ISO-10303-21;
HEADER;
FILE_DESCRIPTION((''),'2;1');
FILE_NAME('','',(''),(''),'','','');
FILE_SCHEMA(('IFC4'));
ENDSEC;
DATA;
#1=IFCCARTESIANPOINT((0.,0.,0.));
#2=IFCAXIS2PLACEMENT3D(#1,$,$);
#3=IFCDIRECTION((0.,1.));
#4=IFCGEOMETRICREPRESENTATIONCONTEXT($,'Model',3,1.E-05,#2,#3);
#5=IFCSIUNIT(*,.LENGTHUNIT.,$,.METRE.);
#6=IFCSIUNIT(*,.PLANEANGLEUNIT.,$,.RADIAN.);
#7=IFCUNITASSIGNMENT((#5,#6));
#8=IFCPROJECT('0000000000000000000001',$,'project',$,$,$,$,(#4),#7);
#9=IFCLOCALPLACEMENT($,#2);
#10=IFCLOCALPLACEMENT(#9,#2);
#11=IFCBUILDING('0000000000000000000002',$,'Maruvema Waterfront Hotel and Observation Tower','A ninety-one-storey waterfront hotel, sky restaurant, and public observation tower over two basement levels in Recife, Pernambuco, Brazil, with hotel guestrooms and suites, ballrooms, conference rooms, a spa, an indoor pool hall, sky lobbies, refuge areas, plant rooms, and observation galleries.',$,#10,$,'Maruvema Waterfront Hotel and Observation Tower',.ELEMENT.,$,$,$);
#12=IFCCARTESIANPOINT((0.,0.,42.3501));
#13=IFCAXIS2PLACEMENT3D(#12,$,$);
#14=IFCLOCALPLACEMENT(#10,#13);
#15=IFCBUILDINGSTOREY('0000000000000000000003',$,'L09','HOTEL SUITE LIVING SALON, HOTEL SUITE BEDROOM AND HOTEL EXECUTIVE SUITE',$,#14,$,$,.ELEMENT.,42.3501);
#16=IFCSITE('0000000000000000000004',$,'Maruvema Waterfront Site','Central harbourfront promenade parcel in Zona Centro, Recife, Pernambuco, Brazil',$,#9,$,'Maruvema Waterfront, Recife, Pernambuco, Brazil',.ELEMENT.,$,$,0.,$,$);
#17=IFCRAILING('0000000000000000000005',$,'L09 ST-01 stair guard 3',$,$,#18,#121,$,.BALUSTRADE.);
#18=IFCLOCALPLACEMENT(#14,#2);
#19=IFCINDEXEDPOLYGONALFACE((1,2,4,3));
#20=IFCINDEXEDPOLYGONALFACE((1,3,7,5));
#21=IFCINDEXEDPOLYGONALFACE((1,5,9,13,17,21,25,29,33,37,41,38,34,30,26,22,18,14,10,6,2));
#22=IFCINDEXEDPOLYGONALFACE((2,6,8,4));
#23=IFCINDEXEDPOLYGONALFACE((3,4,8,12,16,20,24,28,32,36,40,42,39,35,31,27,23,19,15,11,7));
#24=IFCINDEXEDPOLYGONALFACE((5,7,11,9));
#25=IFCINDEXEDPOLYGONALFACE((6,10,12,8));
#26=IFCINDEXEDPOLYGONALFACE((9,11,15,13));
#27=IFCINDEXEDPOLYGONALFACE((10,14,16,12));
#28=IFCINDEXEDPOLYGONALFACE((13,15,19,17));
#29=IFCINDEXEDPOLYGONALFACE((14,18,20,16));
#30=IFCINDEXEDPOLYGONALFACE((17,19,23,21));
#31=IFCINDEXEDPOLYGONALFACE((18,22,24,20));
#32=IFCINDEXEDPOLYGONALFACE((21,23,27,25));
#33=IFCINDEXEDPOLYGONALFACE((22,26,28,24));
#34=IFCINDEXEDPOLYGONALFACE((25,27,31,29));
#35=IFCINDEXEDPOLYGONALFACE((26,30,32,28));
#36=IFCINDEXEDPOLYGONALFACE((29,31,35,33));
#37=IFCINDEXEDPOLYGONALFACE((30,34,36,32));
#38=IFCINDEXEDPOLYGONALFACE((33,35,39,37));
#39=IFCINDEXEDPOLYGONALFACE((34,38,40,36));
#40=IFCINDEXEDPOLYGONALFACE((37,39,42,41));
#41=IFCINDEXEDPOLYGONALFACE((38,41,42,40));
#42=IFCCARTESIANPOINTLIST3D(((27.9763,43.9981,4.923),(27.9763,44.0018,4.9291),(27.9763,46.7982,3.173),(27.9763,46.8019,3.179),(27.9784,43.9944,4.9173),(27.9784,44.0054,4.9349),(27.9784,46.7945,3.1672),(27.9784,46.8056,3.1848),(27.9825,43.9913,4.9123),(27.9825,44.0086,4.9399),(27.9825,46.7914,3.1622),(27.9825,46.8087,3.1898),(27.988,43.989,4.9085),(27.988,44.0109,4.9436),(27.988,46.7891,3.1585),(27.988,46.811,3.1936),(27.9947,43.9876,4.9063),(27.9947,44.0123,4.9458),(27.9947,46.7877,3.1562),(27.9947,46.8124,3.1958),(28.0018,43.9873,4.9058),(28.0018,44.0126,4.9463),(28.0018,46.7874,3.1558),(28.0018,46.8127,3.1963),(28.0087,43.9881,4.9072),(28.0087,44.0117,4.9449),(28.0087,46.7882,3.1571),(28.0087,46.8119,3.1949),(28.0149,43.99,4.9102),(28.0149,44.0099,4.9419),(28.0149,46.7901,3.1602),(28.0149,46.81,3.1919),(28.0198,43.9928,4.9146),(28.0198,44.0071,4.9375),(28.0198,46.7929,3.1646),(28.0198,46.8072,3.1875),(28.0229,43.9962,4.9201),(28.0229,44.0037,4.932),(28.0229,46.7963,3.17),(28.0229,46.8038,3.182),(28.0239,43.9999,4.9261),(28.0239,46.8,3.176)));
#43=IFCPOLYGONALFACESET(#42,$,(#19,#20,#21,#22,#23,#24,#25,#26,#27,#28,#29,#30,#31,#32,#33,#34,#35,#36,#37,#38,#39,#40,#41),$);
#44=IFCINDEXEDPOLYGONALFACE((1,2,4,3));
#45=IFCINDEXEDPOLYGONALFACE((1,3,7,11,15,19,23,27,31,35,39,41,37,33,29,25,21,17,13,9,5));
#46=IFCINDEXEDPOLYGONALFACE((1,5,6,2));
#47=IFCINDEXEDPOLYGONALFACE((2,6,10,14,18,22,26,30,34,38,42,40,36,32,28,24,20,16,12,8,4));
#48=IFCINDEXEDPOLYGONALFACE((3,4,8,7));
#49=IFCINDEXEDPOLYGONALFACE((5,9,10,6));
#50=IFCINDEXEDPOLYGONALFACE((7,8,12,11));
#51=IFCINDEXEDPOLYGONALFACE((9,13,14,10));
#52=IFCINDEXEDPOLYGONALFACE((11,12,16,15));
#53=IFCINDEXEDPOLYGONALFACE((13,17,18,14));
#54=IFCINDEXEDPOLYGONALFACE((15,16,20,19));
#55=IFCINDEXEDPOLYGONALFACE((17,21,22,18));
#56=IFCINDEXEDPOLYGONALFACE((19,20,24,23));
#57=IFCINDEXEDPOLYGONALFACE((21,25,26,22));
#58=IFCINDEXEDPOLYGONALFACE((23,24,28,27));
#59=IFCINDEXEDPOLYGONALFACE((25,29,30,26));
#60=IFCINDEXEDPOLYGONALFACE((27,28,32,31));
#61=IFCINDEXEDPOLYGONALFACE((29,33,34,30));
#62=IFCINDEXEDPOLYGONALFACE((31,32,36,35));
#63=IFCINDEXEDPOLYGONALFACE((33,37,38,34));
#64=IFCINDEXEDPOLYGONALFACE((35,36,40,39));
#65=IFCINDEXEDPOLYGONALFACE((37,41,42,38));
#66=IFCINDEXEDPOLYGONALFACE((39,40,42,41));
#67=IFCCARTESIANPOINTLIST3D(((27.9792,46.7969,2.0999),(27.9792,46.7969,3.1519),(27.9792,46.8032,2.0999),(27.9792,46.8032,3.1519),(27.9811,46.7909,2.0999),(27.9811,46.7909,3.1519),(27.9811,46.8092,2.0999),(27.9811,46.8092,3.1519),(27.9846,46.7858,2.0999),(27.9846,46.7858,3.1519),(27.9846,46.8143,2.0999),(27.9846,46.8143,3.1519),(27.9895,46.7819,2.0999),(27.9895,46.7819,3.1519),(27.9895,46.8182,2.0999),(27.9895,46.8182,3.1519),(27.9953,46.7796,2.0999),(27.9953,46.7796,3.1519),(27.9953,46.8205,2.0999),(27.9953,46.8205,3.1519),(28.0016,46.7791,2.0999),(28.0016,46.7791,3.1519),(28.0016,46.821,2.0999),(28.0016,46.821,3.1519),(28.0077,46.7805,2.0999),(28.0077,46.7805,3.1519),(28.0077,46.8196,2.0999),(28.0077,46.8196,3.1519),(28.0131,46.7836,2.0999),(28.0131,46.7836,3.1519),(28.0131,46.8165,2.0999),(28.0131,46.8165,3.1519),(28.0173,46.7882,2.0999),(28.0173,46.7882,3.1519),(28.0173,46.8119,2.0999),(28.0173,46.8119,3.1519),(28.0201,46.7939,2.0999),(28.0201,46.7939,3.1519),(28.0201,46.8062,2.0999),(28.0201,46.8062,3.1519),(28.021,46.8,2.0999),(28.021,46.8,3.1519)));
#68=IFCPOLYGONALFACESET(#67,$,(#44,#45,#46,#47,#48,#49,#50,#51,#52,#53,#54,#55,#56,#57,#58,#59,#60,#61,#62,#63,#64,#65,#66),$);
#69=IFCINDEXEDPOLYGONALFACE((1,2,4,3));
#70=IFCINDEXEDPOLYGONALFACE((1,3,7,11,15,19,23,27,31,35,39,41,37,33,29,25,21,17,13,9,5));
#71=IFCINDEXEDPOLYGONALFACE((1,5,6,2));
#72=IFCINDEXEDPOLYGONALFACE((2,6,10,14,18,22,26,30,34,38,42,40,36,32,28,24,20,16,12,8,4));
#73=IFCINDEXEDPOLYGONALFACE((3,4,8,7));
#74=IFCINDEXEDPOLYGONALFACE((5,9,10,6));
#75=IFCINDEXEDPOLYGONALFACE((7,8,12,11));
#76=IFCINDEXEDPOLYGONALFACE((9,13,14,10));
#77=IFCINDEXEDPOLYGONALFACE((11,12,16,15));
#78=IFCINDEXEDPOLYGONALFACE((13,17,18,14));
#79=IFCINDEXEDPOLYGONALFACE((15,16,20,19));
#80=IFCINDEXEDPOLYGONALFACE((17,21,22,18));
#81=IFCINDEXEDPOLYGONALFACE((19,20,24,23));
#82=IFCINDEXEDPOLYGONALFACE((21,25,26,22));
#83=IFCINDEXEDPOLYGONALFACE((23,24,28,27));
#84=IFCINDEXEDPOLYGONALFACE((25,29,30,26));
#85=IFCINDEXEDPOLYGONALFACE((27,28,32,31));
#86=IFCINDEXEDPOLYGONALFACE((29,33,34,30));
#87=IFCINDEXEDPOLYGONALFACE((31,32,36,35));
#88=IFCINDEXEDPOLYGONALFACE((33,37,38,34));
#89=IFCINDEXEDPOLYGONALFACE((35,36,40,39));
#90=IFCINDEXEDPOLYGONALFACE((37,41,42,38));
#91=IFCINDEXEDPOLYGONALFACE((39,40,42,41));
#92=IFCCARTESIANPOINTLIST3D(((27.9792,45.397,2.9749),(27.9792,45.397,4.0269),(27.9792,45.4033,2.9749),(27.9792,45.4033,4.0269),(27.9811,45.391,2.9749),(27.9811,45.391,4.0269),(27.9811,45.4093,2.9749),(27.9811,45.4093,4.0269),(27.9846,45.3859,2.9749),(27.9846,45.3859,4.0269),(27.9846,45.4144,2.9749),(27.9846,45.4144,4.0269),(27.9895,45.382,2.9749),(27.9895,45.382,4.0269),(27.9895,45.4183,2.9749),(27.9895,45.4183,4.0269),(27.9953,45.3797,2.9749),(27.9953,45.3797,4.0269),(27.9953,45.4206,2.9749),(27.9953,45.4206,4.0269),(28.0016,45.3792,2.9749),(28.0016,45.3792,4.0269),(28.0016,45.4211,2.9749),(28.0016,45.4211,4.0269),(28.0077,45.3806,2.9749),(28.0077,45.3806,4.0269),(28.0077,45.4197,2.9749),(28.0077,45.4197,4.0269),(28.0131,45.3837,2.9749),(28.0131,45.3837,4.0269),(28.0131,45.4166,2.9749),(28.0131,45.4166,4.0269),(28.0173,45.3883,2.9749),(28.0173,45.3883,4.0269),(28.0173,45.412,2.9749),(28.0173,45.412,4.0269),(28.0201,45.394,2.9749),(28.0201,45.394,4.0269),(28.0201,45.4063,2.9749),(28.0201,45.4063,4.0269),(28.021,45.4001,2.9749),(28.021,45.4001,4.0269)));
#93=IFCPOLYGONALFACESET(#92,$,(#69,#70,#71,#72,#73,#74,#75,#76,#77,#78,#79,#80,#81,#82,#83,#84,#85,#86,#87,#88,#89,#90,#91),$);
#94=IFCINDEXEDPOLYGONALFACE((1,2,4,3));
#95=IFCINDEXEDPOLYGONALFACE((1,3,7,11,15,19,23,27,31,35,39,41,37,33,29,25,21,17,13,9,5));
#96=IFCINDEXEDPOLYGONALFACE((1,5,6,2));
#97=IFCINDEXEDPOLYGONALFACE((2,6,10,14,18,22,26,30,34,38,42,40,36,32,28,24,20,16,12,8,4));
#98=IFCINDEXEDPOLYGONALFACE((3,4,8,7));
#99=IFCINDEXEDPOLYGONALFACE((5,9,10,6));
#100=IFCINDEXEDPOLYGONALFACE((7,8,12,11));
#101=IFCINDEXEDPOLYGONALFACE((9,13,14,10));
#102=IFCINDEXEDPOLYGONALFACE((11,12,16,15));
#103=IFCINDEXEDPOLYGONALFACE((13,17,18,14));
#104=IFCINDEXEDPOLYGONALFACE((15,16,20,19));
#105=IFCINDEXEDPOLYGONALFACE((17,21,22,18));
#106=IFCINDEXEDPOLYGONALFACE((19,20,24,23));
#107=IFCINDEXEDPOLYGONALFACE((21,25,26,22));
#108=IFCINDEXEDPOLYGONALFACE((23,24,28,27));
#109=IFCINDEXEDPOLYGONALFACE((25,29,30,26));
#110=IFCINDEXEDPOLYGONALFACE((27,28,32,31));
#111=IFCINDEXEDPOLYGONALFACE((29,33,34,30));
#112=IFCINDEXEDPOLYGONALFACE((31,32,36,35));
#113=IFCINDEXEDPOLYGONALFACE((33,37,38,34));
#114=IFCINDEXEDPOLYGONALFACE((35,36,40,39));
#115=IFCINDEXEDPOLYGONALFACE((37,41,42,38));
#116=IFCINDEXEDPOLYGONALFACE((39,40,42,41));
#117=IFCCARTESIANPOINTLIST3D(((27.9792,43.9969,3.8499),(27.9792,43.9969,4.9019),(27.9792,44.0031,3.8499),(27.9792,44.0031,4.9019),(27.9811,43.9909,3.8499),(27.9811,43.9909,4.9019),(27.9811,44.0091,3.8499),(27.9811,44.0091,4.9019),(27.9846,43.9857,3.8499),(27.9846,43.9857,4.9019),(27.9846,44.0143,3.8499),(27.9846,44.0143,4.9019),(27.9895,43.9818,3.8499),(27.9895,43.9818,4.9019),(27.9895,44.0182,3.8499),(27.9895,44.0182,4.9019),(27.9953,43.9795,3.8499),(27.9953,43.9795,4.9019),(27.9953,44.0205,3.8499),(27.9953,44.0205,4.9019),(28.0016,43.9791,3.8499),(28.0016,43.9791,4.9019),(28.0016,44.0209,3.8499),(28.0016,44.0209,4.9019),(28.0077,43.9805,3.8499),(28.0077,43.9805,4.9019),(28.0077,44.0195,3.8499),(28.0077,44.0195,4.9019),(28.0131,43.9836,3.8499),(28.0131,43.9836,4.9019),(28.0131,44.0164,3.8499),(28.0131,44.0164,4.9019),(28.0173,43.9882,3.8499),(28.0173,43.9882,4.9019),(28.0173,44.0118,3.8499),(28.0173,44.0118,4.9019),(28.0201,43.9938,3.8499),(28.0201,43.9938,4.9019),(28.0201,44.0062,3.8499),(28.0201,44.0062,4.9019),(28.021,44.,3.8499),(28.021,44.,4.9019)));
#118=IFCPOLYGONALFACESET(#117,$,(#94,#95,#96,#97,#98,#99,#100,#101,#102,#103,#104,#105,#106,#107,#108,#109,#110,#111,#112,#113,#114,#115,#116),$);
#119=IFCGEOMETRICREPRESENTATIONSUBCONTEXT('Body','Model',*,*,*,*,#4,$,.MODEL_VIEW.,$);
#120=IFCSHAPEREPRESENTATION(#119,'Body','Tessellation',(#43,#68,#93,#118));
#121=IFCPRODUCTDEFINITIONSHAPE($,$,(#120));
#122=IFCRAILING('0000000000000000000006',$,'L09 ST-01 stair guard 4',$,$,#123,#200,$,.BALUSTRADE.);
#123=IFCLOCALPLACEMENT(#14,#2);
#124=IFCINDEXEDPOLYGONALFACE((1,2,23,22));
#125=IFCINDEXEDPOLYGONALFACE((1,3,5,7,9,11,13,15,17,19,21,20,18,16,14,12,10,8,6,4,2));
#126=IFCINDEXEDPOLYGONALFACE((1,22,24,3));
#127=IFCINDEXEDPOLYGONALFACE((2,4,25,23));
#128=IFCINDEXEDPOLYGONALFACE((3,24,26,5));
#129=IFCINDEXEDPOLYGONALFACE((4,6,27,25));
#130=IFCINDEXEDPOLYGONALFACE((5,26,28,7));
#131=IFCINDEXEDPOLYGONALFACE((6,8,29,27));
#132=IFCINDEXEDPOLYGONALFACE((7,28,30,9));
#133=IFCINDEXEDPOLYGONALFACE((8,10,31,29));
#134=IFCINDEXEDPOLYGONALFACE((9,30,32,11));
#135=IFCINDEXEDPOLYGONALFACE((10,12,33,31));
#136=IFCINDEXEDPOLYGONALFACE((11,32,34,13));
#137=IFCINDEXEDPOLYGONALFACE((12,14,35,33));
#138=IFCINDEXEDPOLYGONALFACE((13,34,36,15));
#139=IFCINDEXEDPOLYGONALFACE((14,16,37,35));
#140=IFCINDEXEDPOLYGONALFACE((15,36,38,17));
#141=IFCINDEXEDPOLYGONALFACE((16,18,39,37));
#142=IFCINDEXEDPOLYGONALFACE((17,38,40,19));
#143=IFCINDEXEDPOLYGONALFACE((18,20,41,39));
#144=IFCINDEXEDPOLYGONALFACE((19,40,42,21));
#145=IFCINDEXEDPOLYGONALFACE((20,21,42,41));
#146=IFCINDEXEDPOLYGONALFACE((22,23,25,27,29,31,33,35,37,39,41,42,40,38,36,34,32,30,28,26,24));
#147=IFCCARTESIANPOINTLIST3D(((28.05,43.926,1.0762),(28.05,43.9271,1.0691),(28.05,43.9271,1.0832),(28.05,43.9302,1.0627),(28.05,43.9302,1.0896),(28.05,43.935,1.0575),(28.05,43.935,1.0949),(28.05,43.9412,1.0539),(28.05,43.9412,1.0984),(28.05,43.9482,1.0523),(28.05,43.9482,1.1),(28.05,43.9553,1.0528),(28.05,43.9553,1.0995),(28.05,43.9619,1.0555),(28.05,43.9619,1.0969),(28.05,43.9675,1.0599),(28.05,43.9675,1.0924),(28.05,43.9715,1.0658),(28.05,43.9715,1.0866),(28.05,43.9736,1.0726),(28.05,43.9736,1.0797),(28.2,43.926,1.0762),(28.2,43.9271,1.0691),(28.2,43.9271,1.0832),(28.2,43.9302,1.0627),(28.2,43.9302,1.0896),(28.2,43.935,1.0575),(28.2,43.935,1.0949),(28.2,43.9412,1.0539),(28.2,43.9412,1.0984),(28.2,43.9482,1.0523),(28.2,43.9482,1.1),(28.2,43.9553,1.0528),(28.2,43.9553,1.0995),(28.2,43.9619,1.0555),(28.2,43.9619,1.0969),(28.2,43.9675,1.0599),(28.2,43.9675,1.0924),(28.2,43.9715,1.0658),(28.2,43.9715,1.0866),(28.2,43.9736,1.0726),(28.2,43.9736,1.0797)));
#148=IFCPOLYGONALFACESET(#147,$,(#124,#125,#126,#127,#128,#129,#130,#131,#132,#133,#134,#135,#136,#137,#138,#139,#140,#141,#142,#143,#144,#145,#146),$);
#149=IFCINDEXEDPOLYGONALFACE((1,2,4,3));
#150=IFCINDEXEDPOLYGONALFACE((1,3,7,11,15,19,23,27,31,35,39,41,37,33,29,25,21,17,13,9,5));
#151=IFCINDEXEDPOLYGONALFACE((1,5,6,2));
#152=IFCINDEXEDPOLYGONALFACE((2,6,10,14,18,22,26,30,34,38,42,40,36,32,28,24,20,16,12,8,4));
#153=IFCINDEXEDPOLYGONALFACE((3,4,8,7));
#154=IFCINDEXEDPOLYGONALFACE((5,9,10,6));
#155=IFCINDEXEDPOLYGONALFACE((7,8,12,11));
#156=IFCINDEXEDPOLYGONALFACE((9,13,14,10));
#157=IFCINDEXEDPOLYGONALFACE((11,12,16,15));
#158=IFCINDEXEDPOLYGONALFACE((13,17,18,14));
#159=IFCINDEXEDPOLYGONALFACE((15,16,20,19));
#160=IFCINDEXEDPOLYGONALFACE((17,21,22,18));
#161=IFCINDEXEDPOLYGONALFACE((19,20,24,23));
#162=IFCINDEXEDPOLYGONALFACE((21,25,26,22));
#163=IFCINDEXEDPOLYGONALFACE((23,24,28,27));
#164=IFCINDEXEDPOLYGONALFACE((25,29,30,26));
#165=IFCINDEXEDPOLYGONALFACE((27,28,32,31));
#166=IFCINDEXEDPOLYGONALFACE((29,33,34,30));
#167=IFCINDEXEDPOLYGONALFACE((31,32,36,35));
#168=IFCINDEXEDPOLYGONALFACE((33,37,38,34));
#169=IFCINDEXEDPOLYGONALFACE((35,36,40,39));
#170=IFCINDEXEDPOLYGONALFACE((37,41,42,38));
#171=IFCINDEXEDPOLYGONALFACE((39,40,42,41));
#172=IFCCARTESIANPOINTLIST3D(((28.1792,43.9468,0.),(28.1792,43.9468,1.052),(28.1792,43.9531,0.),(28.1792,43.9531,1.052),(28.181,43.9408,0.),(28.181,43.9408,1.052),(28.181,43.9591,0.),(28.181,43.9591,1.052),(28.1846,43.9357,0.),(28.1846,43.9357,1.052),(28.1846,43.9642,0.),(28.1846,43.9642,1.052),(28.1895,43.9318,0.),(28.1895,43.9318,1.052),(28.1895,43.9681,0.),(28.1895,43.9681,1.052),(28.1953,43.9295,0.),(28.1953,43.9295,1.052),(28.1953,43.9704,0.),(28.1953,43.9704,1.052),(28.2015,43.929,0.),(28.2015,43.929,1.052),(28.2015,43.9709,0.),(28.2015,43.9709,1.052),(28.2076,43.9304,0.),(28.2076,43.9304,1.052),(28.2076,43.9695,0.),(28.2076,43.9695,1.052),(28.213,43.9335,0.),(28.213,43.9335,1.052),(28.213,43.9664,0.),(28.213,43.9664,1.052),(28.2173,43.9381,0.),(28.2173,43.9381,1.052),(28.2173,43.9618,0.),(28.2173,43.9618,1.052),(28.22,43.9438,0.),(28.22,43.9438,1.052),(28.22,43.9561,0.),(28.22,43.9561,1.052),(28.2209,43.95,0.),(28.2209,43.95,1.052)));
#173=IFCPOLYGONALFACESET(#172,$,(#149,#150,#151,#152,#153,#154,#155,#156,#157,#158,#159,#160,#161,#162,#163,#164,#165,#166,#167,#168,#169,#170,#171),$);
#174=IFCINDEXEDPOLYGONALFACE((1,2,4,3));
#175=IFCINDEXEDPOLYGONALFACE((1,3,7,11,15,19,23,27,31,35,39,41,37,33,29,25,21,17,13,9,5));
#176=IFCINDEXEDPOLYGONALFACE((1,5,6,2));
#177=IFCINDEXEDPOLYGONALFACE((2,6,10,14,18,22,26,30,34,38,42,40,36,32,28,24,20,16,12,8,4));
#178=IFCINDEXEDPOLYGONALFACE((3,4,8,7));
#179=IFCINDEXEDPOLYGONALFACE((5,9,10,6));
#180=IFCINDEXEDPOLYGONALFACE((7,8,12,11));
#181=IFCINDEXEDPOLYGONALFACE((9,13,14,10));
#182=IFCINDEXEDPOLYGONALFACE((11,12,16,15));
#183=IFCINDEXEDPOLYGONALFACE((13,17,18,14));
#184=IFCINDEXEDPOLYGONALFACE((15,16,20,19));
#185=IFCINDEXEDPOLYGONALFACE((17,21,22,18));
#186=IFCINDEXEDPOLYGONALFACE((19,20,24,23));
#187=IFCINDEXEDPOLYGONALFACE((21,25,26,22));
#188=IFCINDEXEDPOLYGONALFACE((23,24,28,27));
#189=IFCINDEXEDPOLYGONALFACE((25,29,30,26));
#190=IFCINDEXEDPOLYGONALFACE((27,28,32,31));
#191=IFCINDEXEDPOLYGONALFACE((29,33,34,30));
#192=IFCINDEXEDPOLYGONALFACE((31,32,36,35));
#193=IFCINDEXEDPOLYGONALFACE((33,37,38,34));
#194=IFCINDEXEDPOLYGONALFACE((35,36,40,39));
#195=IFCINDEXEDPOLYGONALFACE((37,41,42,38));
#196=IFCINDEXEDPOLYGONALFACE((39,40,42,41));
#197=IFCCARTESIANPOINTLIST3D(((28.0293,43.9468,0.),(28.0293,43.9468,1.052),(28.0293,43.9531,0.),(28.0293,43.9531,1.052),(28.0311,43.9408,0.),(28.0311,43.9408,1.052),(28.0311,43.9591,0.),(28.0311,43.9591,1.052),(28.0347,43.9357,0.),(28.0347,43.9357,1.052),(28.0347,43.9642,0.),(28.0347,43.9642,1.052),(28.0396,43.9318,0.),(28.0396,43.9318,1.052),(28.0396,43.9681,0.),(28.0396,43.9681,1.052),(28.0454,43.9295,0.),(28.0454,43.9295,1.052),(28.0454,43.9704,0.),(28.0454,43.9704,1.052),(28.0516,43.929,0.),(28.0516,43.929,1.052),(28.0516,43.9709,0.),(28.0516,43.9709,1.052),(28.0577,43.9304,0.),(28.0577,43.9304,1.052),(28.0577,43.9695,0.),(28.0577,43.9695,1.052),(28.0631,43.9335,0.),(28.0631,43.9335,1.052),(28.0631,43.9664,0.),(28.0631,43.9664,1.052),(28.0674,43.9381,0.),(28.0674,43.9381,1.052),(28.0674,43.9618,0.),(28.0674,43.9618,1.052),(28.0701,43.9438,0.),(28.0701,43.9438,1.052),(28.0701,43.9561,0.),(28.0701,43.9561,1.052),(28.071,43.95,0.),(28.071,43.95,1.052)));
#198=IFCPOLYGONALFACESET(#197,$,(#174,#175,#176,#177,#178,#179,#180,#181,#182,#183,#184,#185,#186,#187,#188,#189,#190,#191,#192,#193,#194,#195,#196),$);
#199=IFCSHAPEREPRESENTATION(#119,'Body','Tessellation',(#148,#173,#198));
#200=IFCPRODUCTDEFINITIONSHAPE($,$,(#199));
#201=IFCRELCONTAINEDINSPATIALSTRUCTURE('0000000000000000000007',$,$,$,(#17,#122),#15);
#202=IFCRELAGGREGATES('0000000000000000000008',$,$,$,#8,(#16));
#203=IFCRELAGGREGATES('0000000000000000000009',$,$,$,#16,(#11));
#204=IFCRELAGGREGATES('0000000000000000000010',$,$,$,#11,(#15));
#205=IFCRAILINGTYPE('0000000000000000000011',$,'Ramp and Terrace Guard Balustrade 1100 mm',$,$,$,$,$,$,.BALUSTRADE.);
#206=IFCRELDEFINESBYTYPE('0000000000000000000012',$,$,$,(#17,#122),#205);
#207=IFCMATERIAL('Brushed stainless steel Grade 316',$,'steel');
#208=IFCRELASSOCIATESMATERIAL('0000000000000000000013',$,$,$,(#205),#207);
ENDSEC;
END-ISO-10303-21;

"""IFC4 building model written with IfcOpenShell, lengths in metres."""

from ifc_helpers import new_model, si_unit, direction, frame, origin, origin_2d, place, context, subcontext, project, spatial, circle, extrude, material, type_object, element, save


model = new_model("IFC4")

# Units and contexts
model_context = context("Model", 3, precision=1e-05, world=origin(), true_north=direction((0.0, 1.0)))
body_context = subcontext(model_context, "Body", "Model", "MODEL_VIEW")
ifc_project = project(units=[si_unit("LENGTHUNIT", "METRE"), si_unit("PLANEANGLEUNIT", "RADIAN")], contexts=[model_context])

# Site, building, storey
site_placement = place(None, origin())
site = spatial("IfcSite", under=ifc_project, at=site_placement, Name="Maruvema Waterfront Site", Description="Central harbourfront promenade parcel in Zona Centro, Recife, Pernambuco, Brazil", LongName="Maruvema Waterfront, Recife, Pernambuco, Brazil", CompositionType="ELEMENT", RefElevation=0.0)
building_placement = place(site_placement, origin())
building = spatial("IfcBuilding", under=site, at=building_placement, Name="Maruvema Waterfront Hotel and Observation Tower", Description="A ninety-one-storey waterfront hotel, sky restaurant, and public observation tower over two basement levels in Recife, Pernambuco, Brazil, with hotel guestrooms and suites, ballrooms, conference rooms, a spa, an indoor pool hall, sky lobbies, refuge areas, plant rooms, and observation galleries.", LongName="Maruvema Waterfront Hotel and Observation Tower", CompositionType="ELEMENT")
storey_placement = place(building_placement, frame((0.0, 0.0, 42.3501)))
storey = spatial("IfcBuildingStorey", under=building, at=storey_placement, Name="L09", Description="HOTEL SUITE LIVING SALON, HOTEL SUITE BEDROOM AND HOTEL EXECUTIVE SUITE", CompositionType="ELEMENT", Elevation=42.3501)

# Railings
ifc_material_1 = material(Name="Brushed stainless steel Grade 316", Category="steel")
railing_type_1 = type_object("IfcRailingType", Name="Ramp and Terrace Guard Balustrade 1100 mm", PredefinedType="BALUSTRADE", material=ifc_material_1)
railing_1_placement = place(storey_placement, frame((28.0, 46.8, 2.0999)))
element("IfcRailing", 1, at=railing_1_placement, inside=storey, type_object=railing_type_1, Name="L09 ST-01 stair guard 3", PredefinedType="BALUSTRADE", context=body_context, shape_type="SweptSolid", body=[
    extrude(circle(Radius=0.0239, at=origin_2d()), frame((0.0, 0.0, 1.0762), z_axis=(0.0, -0.848002, 0.529992), x_axis=(1.0, 0.0, 0.0)), (0.0, 0.0, 1.0), 3.302),
    extrude(circle(Radius=0.021, at=origin_2d()), origin(), (0.0, 0.0, 1.0), 1.052),
    extrude(circle(Radius=0.021, at=origin_2d()), frame((0.0, -1.3999, 0.875)), (0.0, 0.0, 1.0), 1.052),
    extrude(circle(Radius=0.021, at=origin_2d()), frame((0.0, -2.8, 1.75)), (0.0, 0.0, 1.0), 1.052),
])
railing_2_placement = place(storey_placement, frame((28.2, 43.95, 0.0)))
element("IfcRailing", 2, at=railing_2_placement, inside=storey, type_object=railing_type_1, Name="L09 ST-01 stair guard 4", PredefinedType="BALUSTRADE", context=body_context, shape_type="SweptSolid", body=[
    extrude(circle(Radius=0.0239, at=origin_2d()), frame((0.0, 0.0, 1.0762), z_axis=(-1.0, 0.0, 0.0), x_axis=(0.0, -1.0, 0.0)), (0.0, 0.0, 1.0), 0.1499),
    extrude(circle(Radius=0.021, at=origin_2d()), origin(), (0.0, 0.0, 1.0), 1.052),
    extrude(circle(Radius=0.021, at=origin_2d()), frame((-0.1499, 0.0, 0.0)), (0.0, 0.0, 1.0), 1.052),
])

save(model, "model.ifc")
